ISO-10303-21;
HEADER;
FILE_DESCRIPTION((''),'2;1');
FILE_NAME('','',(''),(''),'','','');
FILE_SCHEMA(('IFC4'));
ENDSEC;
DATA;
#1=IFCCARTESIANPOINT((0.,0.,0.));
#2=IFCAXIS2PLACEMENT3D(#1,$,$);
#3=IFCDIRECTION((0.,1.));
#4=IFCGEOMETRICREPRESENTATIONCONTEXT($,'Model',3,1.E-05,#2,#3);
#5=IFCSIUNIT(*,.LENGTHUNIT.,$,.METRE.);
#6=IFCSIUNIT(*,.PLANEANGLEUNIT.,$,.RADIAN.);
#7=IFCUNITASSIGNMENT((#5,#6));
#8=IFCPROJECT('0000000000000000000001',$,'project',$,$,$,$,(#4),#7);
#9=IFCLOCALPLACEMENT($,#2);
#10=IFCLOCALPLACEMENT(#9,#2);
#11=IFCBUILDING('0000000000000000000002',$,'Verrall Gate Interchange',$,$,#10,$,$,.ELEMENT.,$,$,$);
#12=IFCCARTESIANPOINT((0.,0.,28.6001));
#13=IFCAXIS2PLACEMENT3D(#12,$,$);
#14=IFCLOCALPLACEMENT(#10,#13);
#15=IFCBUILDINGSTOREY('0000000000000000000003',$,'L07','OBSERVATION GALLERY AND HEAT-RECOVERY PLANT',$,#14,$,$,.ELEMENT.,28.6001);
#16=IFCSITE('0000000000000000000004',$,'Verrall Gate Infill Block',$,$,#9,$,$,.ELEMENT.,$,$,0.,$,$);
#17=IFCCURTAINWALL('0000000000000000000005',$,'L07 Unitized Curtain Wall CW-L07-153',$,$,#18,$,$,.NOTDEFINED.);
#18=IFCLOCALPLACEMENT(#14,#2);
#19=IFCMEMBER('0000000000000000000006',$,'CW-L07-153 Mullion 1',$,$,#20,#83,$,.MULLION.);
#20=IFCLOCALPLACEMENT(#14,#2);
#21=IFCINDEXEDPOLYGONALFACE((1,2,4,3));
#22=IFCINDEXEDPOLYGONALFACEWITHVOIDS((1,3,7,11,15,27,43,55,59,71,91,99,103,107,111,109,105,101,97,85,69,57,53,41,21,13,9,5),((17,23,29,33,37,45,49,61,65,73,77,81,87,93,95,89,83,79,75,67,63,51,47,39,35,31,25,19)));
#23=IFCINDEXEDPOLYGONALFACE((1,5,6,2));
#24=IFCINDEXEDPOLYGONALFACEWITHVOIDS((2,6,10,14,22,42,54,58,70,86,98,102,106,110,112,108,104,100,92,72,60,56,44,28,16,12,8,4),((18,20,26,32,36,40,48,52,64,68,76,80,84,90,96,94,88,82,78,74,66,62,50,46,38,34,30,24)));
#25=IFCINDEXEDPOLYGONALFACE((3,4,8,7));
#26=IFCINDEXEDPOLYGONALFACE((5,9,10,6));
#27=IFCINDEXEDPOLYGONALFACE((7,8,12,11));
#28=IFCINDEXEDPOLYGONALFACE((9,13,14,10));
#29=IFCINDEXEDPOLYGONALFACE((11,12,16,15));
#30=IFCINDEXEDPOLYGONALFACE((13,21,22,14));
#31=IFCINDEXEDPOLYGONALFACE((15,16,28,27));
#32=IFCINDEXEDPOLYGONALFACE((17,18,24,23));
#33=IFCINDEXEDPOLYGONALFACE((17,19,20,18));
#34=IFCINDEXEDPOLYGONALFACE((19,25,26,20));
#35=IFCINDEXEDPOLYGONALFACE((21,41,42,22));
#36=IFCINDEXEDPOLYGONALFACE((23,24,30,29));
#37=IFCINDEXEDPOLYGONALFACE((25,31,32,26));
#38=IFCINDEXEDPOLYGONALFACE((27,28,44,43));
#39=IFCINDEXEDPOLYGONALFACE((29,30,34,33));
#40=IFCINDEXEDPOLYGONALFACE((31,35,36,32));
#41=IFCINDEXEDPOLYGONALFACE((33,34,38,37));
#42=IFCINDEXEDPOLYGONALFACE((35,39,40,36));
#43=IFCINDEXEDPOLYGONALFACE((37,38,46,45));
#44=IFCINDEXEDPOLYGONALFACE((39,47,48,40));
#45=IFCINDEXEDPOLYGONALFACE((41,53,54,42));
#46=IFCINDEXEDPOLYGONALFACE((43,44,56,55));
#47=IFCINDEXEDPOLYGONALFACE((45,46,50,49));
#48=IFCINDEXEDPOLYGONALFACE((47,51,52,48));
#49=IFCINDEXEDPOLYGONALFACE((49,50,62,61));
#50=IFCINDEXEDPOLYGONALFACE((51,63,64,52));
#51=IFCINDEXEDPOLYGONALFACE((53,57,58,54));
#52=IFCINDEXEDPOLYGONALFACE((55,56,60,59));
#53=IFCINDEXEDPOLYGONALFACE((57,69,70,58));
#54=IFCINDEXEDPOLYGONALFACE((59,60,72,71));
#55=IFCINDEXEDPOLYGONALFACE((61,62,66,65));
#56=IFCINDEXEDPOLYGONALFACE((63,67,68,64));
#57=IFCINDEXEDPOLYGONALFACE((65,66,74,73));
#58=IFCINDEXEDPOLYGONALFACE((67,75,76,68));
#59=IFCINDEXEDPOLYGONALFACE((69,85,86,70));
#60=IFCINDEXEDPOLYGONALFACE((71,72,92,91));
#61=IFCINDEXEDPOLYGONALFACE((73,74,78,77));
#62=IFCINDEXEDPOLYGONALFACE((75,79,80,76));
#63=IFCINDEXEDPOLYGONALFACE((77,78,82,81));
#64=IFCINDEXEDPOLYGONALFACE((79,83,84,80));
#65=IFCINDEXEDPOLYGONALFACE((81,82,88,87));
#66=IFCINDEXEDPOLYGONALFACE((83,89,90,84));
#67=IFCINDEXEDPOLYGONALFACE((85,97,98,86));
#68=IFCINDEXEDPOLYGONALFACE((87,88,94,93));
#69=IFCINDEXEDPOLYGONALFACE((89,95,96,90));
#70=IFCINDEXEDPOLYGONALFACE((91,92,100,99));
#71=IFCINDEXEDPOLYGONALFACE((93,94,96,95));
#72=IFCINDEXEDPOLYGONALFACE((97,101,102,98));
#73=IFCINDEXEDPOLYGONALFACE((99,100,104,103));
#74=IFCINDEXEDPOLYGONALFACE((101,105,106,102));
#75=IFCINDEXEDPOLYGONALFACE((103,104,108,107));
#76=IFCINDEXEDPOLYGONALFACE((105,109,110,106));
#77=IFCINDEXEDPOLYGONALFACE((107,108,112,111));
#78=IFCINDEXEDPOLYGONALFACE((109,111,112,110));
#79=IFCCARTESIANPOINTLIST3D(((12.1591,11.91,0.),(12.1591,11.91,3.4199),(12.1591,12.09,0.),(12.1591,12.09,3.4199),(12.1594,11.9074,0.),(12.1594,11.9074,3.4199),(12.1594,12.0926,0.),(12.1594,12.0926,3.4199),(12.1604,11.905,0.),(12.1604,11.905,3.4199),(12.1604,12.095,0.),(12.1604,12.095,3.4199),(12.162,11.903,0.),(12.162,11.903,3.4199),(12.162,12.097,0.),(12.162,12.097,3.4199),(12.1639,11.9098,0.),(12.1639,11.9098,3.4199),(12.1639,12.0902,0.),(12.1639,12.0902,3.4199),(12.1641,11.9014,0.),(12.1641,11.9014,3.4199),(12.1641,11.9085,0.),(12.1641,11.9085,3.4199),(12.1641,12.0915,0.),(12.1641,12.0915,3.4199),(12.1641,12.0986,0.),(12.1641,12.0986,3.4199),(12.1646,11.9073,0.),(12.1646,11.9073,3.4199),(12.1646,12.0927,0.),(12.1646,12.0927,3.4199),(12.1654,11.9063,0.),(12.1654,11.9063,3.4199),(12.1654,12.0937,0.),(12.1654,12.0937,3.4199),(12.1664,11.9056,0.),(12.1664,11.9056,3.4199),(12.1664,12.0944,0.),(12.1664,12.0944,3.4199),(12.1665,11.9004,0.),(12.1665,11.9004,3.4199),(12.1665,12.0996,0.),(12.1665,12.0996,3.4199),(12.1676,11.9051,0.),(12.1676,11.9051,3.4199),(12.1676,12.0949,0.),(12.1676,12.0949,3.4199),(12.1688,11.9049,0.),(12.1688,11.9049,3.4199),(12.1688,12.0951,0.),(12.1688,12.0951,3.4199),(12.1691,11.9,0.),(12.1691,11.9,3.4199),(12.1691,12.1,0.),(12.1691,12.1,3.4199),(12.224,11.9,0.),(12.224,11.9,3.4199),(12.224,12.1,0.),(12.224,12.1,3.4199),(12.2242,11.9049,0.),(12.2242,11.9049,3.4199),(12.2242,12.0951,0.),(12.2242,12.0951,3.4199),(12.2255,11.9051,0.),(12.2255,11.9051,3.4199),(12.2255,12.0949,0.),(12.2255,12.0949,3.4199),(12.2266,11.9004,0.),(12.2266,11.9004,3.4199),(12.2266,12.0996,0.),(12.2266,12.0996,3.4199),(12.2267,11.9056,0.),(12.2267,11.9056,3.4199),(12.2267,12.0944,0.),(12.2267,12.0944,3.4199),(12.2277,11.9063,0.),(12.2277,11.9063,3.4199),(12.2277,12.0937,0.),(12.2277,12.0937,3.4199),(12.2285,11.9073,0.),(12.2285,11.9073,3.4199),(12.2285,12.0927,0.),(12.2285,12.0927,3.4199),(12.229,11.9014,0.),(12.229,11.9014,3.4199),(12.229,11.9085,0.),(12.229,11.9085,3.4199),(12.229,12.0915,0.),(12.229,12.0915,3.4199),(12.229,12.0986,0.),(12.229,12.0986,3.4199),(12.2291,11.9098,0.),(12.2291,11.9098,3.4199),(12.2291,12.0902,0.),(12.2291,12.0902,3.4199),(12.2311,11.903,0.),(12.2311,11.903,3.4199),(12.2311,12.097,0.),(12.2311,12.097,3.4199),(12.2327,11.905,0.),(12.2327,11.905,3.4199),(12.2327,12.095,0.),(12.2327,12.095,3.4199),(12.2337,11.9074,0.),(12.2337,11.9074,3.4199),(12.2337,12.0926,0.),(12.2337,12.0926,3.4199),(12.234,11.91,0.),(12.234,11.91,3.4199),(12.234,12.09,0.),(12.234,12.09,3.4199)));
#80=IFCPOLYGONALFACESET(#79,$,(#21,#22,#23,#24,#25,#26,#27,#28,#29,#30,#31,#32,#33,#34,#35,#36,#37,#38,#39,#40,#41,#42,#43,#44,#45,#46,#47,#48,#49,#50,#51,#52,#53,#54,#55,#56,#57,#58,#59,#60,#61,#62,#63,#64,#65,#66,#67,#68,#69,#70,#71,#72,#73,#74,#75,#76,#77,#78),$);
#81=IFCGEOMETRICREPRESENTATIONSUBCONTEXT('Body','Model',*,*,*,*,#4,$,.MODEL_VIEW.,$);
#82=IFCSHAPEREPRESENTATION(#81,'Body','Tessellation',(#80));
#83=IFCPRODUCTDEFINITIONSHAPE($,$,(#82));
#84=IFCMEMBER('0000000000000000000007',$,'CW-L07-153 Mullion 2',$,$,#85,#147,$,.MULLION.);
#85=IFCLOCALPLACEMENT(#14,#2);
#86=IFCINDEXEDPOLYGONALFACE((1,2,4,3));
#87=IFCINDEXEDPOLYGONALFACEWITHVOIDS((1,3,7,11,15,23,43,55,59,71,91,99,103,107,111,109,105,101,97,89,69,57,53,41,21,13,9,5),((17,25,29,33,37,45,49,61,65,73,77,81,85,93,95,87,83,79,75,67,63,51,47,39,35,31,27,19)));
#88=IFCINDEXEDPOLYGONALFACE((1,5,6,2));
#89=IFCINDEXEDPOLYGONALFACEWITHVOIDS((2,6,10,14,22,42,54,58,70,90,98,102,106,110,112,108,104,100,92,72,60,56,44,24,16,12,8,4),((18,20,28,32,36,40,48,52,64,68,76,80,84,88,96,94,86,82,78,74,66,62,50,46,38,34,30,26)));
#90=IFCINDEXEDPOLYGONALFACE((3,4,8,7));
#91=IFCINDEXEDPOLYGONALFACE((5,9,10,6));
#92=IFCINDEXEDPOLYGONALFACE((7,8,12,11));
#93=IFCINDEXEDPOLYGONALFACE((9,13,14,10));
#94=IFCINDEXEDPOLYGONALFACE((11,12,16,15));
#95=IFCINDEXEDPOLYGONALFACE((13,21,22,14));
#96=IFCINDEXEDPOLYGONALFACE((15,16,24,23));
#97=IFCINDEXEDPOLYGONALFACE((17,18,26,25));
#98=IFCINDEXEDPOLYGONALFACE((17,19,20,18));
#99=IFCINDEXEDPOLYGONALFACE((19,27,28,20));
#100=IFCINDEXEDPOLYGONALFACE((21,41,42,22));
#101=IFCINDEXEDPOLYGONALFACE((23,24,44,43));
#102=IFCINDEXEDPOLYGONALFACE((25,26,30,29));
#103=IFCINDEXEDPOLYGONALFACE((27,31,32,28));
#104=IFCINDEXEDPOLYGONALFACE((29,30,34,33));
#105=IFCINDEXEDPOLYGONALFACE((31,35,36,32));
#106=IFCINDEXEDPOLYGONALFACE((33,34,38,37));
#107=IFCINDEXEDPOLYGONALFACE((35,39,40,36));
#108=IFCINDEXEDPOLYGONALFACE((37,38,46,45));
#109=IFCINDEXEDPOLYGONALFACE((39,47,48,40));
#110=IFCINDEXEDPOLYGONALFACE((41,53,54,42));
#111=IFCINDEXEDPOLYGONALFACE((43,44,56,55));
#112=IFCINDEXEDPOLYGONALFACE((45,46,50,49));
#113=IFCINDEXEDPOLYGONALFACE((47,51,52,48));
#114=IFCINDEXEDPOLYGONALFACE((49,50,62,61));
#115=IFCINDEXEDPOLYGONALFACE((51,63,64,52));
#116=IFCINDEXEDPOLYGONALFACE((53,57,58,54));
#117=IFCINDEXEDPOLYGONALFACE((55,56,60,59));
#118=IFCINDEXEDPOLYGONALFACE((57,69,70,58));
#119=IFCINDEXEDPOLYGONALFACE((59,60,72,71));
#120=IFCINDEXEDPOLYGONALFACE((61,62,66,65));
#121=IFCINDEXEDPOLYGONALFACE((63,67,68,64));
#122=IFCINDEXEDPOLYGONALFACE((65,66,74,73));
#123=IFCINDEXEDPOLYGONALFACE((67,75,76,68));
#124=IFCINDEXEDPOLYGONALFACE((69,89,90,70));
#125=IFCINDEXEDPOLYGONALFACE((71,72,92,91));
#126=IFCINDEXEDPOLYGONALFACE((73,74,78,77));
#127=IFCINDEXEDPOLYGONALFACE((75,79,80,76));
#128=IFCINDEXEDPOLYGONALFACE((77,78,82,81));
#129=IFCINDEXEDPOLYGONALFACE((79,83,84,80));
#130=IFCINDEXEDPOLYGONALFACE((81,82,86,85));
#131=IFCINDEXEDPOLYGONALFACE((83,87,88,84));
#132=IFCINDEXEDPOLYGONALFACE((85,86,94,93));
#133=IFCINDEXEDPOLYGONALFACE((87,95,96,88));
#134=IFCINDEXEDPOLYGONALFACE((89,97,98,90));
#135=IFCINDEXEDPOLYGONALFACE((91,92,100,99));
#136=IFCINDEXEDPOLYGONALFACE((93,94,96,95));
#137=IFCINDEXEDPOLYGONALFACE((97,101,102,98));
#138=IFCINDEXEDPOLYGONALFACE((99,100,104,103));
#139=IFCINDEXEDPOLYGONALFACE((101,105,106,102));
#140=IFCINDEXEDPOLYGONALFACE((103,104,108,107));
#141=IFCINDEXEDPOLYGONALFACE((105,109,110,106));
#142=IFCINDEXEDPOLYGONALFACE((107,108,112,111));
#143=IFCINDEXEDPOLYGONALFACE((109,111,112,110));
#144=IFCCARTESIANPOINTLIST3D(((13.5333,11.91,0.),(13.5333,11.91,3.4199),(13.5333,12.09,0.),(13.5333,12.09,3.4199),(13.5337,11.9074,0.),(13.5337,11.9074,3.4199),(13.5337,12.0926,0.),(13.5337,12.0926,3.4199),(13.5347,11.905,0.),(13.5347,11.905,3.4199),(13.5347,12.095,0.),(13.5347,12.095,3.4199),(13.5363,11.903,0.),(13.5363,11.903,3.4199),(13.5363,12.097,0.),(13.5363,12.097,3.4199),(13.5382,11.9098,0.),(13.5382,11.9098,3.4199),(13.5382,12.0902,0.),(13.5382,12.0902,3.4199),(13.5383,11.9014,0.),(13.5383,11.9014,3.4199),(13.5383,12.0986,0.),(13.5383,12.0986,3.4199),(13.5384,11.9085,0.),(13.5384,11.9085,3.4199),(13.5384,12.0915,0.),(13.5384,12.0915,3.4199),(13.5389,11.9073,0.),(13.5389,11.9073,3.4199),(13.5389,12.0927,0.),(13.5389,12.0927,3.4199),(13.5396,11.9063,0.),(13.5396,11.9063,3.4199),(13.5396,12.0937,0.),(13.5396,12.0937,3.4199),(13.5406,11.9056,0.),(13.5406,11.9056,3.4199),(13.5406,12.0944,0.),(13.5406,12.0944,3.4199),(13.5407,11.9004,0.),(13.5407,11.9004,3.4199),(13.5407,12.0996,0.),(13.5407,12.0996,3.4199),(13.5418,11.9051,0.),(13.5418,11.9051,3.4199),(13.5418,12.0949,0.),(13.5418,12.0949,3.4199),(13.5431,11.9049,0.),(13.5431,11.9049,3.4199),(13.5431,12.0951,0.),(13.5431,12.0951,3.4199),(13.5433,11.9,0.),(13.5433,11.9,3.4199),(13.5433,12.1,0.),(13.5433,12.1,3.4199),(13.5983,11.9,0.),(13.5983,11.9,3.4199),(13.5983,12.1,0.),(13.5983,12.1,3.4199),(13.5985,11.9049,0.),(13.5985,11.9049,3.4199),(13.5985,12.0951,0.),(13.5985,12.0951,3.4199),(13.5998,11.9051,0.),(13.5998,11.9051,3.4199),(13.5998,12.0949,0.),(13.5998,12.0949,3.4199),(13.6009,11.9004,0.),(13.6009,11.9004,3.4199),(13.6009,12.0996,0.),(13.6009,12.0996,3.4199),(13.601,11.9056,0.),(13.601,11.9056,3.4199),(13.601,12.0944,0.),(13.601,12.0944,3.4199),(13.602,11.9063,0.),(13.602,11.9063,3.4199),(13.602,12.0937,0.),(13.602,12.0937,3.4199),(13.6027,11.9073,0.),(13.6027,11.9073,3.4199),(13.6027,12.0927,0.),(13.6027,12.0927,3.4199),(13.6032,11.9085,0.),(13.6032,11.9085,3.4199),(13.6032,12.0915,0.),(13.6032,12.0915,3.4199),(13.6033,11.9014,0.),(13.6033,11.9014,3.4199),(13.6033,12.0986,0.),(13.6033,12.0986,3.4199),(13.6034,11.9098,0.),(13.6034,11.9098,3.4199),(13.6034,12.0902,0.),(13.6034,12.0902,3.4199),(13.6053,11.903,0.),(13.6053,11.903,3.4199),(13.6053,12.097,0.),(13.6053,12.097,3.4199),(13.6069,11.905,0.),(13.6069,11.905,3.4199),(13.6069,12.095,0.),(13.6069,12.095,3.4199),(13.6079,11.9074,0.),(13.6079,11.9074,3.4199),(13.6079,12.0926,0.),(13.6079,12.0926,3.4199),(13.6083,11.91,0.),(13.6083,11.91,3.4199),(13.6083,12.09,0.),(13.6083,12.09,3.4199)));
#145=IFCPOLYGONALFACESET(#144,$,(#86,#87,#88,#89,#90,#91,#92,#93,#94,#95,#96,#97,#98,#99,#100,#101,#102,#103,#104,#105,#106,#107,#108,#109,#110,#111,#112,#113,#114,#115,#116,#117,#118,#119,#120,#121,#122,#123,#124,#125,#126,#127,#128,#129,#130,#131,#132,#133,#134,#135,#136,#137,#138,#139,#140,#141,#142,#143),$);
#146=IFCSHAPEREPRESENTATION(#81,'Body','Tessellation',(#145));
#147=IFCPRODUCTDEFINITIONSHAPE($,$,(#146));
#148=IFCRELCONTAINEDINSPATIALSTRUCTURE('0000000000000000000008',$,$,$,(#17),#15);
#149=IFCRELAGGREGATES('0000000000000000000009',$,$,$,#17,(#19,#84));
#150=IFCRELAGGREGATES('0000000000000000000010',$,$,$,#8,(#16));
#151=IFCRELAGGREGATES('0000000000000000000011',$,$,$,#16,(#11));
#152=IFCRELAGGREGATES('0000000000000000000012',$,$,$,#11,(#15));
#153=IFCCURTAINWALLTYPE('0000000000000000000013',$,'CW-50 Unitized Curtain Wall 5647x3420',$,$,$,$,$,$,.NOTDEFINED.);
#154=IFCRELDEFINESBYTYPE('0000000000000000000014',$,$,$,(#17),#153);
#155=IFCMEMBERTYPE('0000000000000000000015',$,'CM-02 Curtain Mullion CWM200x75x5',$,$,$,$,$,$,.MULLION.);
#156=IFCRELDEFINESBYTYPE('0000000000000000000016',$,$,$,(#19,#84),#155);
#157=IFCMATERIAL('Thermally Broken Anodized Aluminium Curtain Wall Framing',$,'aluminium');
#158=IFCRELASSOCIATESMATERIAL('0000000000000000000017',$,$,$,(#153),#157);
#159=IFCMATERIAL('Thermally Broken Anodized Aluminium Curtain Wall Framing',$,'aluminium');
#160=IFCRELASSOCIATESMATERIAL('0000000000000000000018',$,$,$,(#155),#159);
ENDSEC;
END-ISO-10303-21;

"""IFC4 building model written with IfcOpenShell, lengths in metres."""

from ifc_helpers import new_model, si_unit, direction, frame, origin, origin_2d, place, context, subcontext, project, spatial, hollow_rectangle, extrude, material, material_profile, profile_set, type_object, element, aggregate, save


model = new_model("IFC4")

# Units and contexts
model_context = context("Model", 3, precision=1e-05, world=origin(), true_north=direction((0.0, 1.0)))
body_context = subcontext(model_context, "Body", "Model", "MODEL_VIEW")
ifc_project = project(units=[si_unit("LENGTHUNIT", "METRE"), si_unit("PLANEANGLEUNIT", "RADIAN")], contexts=[model_context])

# Site, building, storey
site_placement = place(None, origin())
site = spatial("IfcSite", under=ifc_project, at=site_placement, Name="Verrall Gate Infill Block", CompositionType="ELEMENT", RefElevation=0.0)
building_placement = place(site_placement, origin())
building = spatial("IfcBuilding", under=site, at=building_placement, Name="Verrall Gate Interchange", CompositionType="ELEMENT")
storey_placement = place(building_placement, frame((0.0, 0.0, 28.6001)))
storey = spatial("IfcBuildingStorey", under=building, at=storey_placement, Name="L07", Description="OBSERVATION GALLERY AND HEAT-RECOVERY PLANT", CompositionType="ELEMENT", Elevation=28.6001)

# Curtain wall, members
ifc_material_1 = material(Name="Thermally Broken Anodized Aluminium Curtain Wall Framing", Category="aluminium")
curtain_wall_type = type_object("IfcCurtainWallType", Name="CW-50 Unitized Curtain Wall 5647x3420", PredefinedType="NOTDEFINED", material=ifc_material_1)
curtain_wall_1_placement = place(storey_placement, origin())
curtain_wall_1 = element("IfcCurtainWall", 1, at=curtain_wall_1_placement, inside=storey, type_object=curtain_wall_type, Name="L07 Unitized Curtain Wall CW-L07-153", PredefinedType="NOTDEFINED")
ifc_material_2 = material(Name="Thermally Broken Anodized Aluminium Curtain Wall Framing", Category="aluminium")
ifc_material_profile_1 = material_profile(ifc_material_2, hollow_rectangle(XDim=0.075, YDim=0.2, WallThickness=0.0049, InnerFilletRadius=0.0049, OuterFilletRadius=0.01, at=origin_2d()), Name="CWM200x75x5")
ifc_profile_set_1 = profile_set([ifc_material_profile_1], Name="Thermally Broken Anodized Aluminium Curtain Wall Framing")
member_type_1 = type_object("IfcMemberType", Name="CM-02 Curtain Mullion CWM200x75x5", PredefinedType="MULLION", material=ifc_profile_set_1)
member_1_placement = place(storey_placement, frame((12.1965, 12.0, 0.0), z_axis=(0.0, 0.0, 1.0), x_axis=(1.0, 0.0, 0.0)))
member_1 = element("IfcMember", 2, at=member_1_placement, type_object=member_type_1, Name="CW-L07-153 Mullion 1", PredefinedType="MULLION", context=body_context, shape_type="SweptSolid", body=[
    extrude(hollow_rectangle(XDim=0.075, YDim=0.2, WallThickness=0.0049, InnerFilletRadius=0.0049, OuterFilletRadius=0.01, at=origin_2d()), origin(), (0.0, 0.0, 1.0), 3.4199),
])
member_2_placement = place(storey_placement, frame((13.5708, 12.0, 0.0), z_axis=(0.0, 0.0, 1.0), x_axis=(1.0, 0.0, 0.0)))
member_2 = element("IfcMember", 3, at=member_2_placement, type_object=member_type_1, Name="CW-L07-153 Mullion 2", PredefinedType="MULLION", context=body_context, shape_type="SweptSolid", body=[
    extrude(hollow_rectangle(XDim=0.075, YDim=0.2, WallThickness=0.0049, InnerFilletRadius=0.0049, OuterFilletRadius=0.01, at=origin_2d()), origin(), (0.0, 0.0, 1.0), 3.4199),
])

aggregate(curtain_wall_1, [member_1, member_2])

save(model, "model.ifc")
